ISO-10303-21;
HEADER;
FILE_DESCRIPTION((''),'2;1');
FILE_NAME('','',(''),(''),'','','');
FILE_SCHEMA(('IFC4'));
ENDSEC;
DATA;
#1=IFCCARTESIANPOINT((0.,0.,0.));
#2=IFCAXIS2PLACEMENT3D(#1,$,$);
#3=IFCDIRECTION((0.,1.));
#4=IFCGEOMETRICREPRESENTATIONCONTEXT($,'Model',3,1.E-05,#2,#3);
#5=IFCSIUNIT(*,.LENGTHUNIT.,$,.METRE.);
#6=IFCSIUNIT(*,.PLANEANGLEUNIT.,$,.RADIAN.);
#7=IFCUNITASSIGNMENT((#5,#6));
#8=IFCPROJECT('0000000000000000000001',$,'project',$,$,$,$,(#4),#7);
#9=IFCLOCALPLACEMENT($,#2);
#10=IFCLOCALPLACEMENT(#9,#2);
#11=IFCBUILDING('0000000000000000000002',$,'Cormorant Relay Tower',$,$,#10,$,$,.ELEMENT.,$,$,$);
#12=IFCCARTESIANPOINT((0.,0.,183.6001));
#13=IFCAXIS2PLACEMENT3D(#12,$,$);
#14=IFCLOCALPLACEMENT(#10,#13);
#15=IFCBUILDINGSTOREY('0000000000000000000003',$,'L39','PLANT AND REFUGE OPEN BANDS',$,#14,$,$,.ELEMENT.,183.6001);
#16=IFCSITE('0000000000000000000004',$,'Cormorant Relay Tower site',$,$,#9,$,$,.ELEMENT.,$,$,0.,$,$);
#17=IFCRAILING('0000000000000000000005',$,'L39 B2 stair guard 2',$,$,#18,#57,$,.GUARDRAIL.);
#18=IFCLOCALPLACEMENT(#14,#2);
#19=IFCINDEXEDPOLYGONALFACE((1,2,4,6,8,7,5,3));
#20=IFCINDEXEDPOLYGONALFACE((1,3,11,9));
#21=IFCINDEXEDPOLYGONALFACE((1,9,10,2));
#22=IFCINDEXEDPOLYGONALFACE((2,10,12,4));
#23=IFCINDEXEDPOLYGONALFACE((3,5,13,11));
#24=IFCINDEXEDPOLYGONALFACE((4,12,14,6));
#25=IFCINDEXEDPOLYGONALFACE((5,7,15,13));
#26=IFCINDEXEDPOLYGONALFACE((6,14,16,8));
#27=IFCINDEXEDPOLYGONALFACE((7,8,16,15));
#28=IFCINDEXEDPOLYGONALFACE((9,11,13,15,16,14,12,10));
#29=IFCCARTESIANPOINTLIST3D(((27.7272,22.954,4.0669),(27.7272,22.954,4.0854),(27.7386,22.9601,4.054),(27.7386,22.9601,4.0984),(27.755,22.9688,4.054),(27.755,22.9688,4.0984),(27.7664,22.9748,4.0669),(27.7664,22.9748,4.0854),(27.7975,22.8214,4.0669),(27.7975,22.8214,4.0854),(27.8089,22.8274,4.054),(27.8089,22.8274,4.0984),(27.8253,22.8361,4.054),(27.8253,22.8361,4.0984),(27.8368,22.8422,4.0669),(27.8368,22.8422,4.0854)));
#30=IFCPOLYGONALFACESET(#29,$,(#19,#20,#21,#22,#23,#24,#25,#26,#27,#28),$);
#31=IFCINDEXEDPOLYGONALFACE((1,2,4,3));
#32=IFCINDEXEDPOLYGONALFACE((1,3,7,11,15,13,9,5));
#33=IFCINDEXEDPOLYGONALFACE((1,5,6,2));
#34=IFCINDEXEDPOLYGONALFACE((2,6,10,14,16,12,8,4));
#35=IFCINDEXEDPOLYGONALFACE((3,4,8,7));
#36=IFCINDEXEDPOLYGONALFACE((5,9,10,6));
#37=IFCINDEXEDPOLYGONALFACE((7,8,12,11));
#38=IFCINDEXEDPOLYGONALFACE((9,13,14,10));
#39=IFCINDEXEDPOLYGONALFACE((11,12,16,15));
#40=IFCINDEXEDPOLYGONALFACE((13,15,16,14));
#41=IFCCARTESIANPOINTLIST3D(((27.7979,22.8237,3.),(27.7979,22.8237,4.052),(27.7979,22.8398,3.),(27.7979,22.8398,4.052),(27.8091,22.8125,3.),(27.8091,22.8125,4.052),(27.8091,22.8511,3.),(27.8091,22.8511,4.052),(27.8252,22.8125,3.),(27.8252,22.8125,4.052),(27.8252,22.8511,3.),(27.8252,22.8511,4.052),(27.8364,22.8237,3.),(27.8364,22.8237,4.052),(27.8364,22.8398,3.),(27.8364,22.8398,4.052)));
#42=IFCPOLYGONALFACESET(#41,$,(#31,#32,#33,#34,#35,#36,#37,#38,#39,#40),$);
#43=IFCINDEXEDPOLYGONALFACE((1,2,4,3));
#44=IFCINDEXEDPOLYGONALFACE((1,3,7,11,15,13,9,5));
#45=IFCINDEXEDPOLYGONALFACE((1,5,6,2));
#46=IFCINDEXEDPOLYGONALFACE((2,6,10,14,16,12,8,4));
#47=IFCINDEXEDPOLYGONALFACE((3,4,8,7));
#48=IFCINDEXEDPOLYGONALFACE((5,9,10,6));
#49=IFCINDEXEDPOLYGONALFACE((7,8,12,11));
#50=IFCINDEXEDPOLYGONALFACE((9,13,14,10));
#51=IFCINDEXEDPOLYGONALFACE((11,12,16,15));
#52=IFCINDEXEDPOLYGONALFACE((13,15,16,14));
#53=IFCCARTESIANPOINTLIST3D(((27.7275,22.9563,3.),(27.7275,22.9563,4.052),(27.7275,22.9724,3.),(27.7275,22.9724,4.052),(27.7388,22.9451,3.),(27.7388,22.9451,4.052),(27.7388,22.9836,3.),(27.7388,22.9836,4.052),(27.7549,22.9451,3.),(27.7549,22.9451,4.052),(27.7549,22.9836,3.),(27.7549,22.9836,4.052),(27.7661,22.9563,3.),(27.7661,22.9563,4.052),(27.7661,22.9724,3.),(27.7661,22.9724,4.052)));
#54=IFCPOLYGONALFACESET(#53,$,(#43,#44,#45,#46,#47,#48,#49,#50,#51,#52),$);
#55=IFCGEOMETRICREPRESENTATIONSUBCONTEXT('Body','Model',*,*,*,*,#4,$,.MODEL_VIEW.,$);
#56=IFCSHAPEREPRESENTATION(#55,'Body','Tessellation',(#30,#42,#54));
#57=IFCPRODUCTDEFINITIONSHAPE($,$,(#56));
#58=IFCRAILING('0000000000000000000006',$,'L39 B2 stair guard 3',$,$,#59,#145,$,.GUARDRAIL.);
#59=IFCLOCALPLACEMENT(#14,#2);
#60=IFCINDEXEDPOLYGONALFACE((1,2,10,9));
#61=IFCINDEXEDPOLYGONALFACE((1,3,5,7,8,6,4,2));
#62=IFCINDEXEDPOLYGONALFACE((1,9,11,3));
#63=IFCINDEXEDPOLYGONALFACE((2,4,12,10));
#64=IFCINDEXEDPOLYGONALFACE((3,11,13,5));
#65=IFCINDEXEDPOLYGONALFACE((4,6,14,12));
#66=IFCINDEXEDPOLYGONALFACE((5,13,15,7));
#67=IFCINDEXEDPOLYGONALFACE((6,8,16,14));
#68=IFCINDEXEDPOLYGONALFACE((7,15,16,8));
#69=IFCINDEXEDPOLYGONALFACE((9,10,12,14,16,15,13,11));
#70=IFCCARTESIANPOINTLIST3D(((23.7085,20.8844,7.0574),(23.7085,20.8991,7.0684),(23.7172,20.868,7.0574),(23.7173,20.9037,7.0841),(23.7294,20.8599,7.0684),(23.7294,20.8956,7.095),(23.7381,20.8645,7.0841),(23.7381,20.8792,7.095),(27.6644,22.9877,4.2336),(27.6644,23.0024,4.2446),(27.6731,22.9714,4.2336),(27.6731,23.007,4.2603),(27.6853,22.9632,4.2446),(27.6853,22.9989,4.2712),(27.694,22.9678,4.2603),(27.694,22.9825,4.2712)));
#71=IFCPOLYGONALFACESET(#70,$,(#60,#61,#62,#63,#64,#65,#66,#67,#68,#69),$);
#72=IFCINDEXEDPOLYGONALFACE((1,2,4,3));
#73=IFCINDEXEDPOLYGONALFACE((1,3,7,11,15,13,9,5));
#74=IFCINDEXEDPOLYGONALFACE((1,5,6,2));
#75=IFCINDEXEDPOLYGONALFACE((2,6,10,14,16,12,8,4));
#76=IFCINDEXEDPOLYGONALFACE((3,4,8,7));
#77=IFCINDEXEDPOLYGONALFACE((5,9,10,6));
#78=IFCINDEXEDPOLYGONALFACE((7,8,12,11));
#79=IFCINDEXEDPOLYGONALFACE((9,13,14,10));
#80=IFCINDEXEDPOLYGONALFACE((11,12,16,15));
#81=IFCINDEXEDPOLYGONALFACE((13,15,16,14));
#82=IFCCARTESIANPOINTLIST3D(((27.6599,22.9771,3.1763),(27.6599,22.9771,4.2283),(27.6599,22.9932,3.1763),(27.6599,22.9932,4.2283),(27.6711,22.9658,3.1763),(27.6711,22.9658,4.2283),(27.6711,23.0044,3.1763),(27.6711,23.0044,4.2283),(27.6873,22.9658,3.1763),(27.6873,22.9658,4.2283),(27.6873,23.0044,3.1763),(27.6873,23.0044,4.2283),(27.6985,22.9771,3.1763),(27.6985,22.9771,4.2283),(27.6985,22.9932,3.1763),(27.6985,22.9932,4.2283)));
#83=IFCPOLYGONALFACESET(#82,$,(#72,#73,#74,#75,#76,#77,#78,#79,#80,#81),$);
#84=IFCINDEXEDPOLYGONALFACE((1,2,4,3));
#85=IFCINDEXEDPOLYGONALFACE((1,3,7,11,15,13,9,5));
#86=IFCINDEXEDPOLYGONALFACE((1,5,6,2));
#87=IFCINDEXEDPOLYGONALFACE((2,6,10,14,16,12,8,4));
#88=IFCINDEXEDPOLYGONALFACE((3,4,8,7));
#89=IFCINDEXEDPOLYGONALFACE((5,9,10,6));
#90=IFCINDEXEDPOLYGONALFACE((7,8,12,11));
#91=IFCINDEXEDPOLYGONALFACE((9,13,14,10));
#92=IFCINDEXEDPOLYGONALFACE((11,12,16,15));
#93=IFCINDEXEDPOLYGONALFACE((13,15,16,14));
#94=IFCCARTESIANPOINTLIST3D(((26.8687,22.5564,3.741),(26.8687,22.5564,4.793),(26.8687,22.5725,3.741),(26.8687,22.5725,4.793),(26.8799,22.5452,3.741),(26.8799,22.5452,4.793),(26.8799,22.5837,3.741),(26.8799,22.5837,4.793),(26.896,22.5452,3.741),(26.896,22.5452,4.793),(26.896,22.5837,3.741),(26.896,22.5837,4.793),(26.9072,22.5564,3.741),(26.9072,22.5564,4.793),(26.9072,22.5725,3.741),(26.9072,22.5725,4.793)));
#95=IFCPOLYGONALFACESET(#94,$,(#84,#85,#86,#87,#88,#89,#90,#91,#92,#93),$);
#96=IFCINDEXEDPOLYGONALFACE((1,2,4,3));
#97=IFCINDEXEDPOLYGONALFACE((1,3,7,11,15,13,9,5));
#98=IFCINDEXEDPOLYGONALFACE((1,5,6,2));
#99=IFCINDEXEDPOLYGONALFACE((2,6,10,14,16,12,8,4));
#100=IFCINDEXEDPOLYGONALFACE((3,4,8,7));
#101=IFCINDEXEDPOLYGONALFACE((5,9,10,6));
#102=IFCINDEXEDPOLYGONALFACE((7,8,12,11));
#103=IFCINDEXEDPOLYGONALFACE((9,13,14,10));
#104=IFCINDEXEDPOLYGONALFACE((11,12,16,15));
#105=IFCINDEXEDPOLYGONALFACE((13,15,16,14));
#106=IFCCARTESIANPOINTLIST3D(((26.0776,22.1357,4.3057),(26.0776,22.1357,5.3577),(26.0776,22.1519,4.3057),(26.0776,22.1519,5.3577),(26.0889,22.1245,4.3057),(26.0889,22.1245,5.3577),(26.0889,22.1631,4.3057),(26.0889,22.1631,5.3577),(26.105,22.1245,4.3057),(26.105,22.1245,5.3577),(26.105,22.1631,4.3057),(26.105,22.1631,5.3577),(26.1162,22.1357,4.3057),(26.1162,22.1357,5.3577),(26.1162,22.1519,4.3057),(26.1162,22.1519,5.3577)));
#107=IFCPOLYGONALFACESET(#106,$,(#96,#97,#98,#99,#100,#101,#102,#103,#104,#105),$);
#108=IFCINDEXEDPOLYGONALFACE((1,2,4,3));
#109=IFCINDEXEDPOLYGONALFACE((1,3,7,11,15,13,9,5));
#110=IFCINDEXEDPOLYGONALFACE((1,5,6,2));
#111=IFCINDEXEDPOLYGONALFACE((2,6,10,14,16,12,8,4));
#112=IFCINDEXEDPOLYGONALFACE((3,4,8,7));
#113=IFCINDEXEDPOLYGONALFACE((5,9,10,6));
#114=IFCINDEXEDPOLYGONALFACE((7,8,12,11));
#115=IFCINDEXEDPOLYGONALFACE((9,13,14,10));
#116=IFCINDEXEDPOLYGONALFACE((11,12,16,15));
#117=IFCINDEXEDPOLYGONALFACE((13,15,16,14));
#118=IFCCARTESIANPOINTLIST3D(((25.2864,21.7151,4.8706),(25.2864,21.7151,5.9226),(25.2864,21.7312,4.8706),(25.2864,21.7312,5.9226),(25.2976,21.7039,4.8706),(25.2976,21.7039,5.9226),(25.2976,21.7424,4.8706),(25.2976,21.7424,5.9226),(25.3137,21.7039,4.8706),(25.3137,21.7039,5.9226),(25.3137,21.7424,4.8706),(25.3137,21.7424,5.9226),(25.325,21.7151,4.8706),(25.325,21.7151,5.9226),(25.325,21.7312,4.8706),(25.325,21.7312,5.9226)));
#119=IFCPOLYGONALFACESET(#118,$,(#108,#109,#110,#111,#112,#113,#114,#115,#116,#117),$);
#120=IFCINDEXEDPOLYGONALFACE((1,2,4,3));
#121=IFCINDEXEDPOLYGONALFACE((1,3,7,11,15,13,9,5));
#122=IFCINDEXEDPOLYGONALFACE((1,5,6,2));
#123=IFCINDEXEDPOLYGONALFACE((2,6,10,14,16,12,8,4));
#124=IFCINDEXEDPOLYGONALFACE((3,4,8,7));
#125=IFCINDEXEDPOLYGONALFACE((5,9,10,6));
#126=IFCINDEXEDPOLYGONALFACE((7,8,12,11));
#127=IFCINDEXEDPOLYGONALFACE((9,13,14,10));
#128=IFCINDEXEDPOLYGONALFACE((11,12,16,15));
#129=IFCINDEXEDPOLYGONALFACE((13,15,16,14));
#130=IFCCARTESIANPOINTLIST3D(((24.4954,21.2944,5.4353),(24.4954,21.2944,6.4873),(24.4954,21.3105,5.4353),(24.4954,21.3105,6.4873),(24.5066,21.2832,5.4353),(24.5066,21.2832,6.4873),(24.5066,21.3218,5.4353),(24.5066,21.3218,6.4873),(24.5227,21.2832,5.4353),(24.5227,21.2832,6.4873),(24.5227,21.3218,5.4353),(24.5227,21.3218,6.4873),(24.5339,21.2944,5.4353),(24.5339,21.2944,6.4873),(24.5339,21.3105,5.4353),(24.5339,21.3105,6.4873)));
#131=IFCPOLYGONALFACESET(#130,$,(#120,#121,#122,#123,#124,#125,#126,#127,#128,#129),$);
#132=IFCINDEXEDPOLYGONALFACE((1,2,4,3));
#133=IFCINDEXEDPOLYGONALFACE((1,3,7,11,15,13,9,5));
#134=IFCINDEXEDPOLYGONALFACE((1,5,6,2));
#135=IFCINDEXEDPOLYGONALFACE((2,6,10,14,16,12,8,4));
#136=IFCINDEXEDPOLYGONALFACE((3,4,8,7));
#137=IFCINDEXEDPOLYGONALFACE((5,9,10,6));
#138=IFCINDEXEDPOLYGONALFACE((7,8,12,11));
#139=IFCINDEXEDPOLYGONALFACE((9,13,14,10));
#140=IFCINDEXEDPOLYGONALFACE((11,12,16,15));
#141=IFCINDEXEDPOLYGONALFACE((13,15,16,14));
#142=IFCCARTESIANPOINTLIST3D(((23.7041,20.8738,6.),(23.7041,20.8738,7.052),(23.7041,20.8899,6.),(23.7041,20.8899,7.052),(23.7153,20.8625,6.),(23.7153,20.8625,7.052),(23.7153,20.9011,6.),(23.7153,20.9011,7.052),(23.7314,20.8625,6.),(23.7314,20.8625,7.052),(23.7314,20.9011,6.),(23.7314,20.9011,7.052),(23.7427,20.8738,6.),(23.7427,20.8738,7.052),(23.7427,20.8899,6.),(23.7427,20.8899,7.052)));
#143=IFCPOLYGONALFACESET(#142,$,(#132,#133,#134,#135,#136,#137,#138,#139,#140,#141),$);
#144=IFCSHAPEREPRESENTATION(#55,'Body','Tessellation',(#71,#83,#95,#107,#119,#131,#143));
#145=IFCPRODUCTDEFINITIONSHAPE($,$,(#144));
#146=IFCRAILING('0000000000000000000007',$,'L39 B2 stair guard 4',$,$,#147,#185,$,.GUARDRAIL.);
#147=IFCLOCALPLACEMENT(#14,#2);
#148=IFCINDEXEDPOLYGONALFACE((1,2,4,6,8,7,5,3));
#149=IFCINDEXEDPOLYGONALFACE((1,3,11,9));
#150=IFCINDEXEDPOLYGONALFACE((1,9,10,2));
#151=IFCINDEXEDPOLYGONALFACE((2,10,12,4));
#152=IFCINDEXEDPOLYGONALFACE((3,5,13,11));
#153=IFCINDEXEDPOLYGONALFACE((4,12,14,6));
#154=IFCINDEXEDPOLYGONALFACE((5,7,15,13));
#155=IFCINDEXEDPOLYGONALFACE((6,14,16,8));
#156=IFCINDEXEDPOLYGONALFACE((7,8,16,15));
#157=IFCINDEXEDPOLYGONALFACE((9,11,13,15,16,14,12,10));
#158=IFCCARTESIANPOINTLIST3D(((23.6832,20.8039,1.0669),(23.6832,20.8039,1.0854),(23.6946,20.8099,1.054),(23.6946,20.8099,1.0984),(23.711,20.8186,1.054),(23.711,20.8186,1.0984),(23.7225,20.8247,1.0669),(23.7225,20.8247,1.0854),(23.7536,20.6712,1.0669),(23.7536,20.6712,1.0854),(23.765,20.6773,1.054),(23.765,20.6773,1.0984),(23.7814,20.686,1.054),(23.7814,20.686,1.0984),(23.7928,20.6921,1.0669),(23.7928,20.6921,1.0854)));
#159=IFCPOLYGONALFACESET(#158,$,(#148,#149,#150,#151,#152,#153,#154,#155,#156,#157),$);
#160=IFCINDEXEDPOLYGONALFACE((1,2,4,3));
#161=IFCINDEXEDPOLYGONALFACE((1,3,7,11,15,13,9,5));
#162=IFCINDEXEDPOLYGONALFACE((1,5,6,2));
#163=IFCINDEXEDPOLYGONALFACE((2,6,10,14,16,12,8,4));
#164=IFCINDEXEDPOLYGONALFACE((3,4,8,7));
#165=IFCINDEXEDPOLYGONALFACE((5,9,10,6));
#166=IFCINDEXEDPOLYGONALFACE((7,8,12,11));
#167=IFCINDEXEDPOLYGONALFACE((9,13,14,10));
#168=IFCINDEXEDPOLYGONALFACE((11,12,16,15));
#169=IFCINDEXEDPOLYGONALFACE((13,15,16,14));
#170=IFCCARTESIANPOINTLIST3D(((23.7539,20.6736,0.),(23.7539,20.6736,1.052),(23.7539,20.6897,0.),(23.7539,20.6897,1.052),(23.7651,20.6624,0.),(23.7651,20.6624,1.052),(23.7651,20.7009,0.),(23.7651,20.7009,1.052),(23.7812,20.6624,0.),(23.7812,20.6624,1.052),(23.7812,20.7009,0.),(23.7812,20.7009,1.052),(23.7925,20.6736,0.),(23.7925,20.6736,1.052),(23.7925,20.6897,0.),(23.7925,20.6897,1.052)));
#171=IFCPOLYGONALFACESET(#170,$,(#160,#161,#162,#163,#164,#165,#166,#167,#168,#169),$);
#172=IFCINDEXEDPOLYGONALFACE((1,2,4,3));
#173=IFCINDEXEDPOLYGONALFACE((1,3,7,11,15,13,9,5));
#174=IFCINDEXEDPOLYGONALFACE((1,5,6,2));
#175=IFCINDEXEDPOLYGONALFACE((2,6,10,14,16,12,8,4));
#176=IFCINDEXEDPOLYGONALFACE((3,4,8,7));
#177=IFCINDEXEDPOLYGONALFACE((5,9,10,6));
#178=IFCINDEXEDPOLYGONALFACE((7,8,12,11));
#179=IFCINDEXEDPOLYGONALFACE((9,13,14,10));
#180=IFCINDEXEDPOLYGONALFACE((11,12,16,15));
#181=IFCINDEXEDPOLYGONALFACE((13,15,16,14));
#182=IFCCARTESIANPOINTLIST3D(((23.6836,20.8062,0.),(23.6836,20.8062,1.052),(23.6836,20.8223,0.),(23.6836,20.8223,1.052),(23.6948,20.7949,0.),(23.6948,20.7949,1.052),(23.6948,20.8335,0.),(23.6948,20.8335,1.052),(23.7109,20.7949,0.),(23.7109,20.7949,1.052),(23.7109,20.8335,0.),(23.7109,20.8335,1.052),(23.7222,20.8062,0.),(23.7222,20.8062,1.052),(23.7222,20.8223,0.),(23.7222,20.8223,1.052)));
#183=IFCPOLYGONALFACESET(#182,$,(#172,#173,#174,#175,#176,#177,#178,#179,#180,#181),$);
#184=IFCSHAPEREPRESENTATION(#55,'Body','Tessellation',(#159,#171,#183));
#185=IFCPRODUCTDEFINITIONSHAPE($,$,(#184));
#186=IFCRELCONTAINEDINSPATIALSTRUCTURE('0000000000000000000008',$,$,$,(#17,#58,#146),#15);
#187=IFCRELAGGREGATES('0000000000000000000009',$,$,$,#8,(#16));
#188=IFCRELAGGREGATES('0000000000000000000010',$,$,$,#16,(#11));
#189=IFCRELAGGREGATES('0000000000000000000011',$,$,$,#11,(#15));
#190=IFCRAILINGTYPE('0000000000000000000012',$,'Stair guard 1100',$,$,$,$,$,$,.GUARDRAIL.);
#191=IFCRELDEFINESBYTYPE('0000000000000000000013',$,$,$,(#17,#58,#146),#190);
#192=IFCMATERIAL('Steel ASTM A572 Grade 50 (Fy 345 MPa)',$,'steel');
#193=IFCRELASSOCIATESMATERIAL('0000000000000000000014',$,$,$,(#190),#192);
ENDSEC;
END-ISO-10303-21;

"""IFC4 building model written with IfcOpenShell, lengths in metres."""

from ifc_helpers import new_model, si_unit, direction, frame, origin, place, context, subcontext, project, spatial, polyline, outline, extrude, material, type_object, element, save


model = new_model("IFC4")

# Units and contexts
model_context = context("Model", 3, precision=1e-05, world=origin(), true_north=direction((0.0, 1.0)))
body_context = subcontext(model_context, "Body", "Model", "MODEL_VIEW")
ifc_project = project(units=[si_unit("LENGTHUNIT", "METRE"), si_unit("PLANEANGLEUNIT", "RADIAN")], contexts=[model_context])

# Site, building, storey
site_placement = place(None, origin())
site = spatial("IfcSite", under=ifc_project, at=site_placement, Name="Cormorant Relay Tower site", CompositionType="ELEMENT", RefElevation=0.0)
building_placement = place(site_placement, origin())
building = spatial("IfcBuilding", under=site, at=building_placement, Name="Cormorant Relay Tower", CompositionType="ELEMENT")
storey_placement = place(building_placement, frame((0.0, 0.0, 183.6001)))
storey = spatial("IfcBuildingStorey", under=building, at=storey_placement, Name="L39", Description="PLANT AND REFUGE OPEN BANDS", CompositionType="ELEMENT", Elevation=183.6001)

# Railings
ifc_material_1 = material(Name="Steel ASTM A572 Grade 50 (Fy 345 MPa)", Category="steel")
railing_type_1 = type_object("IfcRailingType", Name="Stair guard 1100", PredefinedType="GUARDRAIL", material=ifc_material_1)
railing_1_placement = place(storey_placement, frame((27.8171, 22.8318, 3.0)))
element("IfcRailing", 1, at=railing_1_placement, inside=storey, type_object=railing_type_1, Name="L39 B2 stair guard 2", PredefinedType="GUARDRAIL", context=body_context, shape_type="SweptSolid", body=[
    extrude(outline(polyline([(0.0222, 0.0093), (0.0093, 0.0222), (-0.0093, 0.0222), (-0.0222, 0.0093), (-0.0222, -0.0093), (-0.0093, -0.0222), (0.0093, -0.0222), (0.0222, -0.0093), (0.0222, 0.0093)])), frame((0.0, 0.0, 1.0762), z_axis=(-0.46856, 0.883431, 0.0), x_axis=(-0.883431, -0.46856, 0.0)), (0.0, 0.0, 1.0), 0.1501),
    extrude(outline(polyline([(0.0193, 0.0081), (0.0081, 0.0193), (-0.0081, 0.0193), (-0.0193, 0.0081), (-0.0193, -0.0081), (-0.0081, -0.0193), (0.0081, -0.0193), (0.0193, -0.0081), (0.0193, 0.0081)])), origin(), (0.0, 0.0, 1.0), 1.052),
    extrude(outline(polyline([(0.0193, 0.0081), (0.0081, 0.0193), (-0.0081, 0.0193), (-0.0193, 0.0081), (-0.0193, -0.0081), (-0.0081, -0.0193), (0.0081, -0.0193), (0.0193, -0.0081), (0.0193, 0.0081)])), frame((-0.0703, 0.1326, 0.0)), (0.0, 0.0, 1.0), 1.052),
])
railing_2_placement = place(storey_placement, frame((27.6792, 22.9851, 3.1763)))
element("IfcRailing", 2, at=railing_2_placement, inside=storey, type_object=railing_type_1, Name="L39 B2 stair guard 3", PredefinedType="GUARDRAIL", context=body_context, shape_type="SweptSolid", body=[
    extrude(outline(polyline([(0.0222, 0.0093), (0.0093, 0.0222), (-0.0093, 0.0222), (-0.0222, 0.0093), (-0.0222, -0.0093), (-0.0093, -0.0222), (0.0093, -0.0222), (0.0222, -0.0093), (0.0222, 0.0093)])), frame((0.0, 0.0, 1.0762), z_axis=(-0.746969, -0.397157, 0.533201), x_axis=(0.469459, -0.882954, 0.0)), (0.0, 0.0, 1.0), 5.2959),
    extrude(outline(polyline([(0.0193, 0.0081), (0.0081, 0.0193), (-0.0081, 0.0193), (-0.0193, 0.0081), (-0.0193, -0.0081), (-0.0081, -0.0193), (0.0081, -0.0193), (0.0193, -0.0081), (0.0193, 0.0081)])), origin(), (0.0, 0.0, 1.0), 1.052),
    extrude(outline(polyline([(0.0193, 0.0081), (0.0081, 0.0193), (-0.0081, 0.0193), (-0.0193, 0.0081), (-0.0193, -0.0081), (-0.0081, -0.0193), (0.0081, -0.0193), (0.0193, -0.0081), (0.0193, 0.0081)])), frame((-0.7913, -0.4207, 0.5647)), (0.0, 0.0, 1.0), 1.052),
    extrude(outline(polyline([(0.0193, 0.0081), (0.0081, 0.0193), (-0.0081, 0.0193), (-0.0193, 0.0081), (-0.0193, -0.0081), (-0.0081, -0.0193), (0.0081, -0.0193), (0.0193, -0.0081), (0.0193, 0.0081)])), frame((-1.5823, -0.8413, 1.1294)), (0.0, 0.0, 1.0), 1.052),
    extrude(outline(polyline([(0.0193, 0.0081), (0.0081, 0.0193), (-0.0081, 0.0193), (-0.0193, 0.0081), (-0.0193, -0.0081), (-0.0081, -0.0193), (0.0081, -0.0193), (0.0193, -0.0081), (0.0193, 0.0081)])), frame((-2.3735, -1.262, 1.6943)), (0.0, 0.0, 1.0), 1.052),
    extrude(outline(polyline([(0.0193, 0.0081), (0.0081, 0.0193), (-0.0081, 0.0193), (-0.0193, 0.0081), (-0.0193, -0.0081), (-0.0081, -0.0193), (0.0081, -0.0193), (0.0193, -0.0081), (0.0193, 0.0081)])), frame((-3.1646, -1.6826, 2.259)), (0.0, 0.0, 1.0), 1.052),
    extrude(outline(polyline([(0.0193, 0.0081), (0.0081, 0.0193), (-0.0081, 0.0193), (-0.0193, 0.0081), (-0.0193, -0.0081), (-0.0081, -0.0193), (0.0081, -0.0193), (0.0193, -0.0081), (0.0193, 0.0081)])), frame((-3.9558, -2.1033, 2.8237)), (0.0, 0.0, 1.0), 1.052),
])
railing_3_placement = place(storey_placement, frame((23.7732, 20.6816, 0.0)))
element("IfcRailing", 3, at=railing_3_placement, inside=storey, type_object=railing_type_1, Name="L39 B2 stair guard 4", PredefinedType="GUARDRAIL", context=body_context, shape_type="SweptSolid", body=[
    extrude(outline(polyline([(0.0222, 0.0093), (0.0093, 0.0222), (-0.0093, 0.0222), (-0.0222, 0.0093), (-0.0222, -0.0093), (-0.0093, -0.0222), (0.0093, -0.0222), (0.0222, -0.0093), (0.0222, 0.0093)])), frame((0.0, 0.0, 1.0762), z_axis=(-0.46856, 0.883431, 0.0), x_axis=(-0.883431, -0.46856, 0.0)), (0.0, 0.0, 1.0), 0.1501),
    extrude(outline(polyline([(0.0193, 0.0081), (0.0081, 0.0193), (-0.0081, 0.0193), (-0.0193, 0.0081), (-0.0193, -0.0081), (-0.0081, -0.0193), (0.0081, -0.0193), (0.0193, -0.0081), (0.0193, 0.0081)])), origin(), (0.0, 0.0, 1.0), 1.052),
    extrude(outline(polyline([(0.0193, 0.0081), (0.0081, 0.0193), (-0.0081, 0.0193), (-0.0193, 0.0081), (-0.0193, -0.0081), (-0.0081, -0.0193), (0.0081, -0.0193), (0.0193, -0.0081), (0.0193, 0.0081)])), frame((-0.0703, 0.1326, 0.0)), (0.0, 0.0, 1.0), 1.052),
])

save(model, "model.ifc")
